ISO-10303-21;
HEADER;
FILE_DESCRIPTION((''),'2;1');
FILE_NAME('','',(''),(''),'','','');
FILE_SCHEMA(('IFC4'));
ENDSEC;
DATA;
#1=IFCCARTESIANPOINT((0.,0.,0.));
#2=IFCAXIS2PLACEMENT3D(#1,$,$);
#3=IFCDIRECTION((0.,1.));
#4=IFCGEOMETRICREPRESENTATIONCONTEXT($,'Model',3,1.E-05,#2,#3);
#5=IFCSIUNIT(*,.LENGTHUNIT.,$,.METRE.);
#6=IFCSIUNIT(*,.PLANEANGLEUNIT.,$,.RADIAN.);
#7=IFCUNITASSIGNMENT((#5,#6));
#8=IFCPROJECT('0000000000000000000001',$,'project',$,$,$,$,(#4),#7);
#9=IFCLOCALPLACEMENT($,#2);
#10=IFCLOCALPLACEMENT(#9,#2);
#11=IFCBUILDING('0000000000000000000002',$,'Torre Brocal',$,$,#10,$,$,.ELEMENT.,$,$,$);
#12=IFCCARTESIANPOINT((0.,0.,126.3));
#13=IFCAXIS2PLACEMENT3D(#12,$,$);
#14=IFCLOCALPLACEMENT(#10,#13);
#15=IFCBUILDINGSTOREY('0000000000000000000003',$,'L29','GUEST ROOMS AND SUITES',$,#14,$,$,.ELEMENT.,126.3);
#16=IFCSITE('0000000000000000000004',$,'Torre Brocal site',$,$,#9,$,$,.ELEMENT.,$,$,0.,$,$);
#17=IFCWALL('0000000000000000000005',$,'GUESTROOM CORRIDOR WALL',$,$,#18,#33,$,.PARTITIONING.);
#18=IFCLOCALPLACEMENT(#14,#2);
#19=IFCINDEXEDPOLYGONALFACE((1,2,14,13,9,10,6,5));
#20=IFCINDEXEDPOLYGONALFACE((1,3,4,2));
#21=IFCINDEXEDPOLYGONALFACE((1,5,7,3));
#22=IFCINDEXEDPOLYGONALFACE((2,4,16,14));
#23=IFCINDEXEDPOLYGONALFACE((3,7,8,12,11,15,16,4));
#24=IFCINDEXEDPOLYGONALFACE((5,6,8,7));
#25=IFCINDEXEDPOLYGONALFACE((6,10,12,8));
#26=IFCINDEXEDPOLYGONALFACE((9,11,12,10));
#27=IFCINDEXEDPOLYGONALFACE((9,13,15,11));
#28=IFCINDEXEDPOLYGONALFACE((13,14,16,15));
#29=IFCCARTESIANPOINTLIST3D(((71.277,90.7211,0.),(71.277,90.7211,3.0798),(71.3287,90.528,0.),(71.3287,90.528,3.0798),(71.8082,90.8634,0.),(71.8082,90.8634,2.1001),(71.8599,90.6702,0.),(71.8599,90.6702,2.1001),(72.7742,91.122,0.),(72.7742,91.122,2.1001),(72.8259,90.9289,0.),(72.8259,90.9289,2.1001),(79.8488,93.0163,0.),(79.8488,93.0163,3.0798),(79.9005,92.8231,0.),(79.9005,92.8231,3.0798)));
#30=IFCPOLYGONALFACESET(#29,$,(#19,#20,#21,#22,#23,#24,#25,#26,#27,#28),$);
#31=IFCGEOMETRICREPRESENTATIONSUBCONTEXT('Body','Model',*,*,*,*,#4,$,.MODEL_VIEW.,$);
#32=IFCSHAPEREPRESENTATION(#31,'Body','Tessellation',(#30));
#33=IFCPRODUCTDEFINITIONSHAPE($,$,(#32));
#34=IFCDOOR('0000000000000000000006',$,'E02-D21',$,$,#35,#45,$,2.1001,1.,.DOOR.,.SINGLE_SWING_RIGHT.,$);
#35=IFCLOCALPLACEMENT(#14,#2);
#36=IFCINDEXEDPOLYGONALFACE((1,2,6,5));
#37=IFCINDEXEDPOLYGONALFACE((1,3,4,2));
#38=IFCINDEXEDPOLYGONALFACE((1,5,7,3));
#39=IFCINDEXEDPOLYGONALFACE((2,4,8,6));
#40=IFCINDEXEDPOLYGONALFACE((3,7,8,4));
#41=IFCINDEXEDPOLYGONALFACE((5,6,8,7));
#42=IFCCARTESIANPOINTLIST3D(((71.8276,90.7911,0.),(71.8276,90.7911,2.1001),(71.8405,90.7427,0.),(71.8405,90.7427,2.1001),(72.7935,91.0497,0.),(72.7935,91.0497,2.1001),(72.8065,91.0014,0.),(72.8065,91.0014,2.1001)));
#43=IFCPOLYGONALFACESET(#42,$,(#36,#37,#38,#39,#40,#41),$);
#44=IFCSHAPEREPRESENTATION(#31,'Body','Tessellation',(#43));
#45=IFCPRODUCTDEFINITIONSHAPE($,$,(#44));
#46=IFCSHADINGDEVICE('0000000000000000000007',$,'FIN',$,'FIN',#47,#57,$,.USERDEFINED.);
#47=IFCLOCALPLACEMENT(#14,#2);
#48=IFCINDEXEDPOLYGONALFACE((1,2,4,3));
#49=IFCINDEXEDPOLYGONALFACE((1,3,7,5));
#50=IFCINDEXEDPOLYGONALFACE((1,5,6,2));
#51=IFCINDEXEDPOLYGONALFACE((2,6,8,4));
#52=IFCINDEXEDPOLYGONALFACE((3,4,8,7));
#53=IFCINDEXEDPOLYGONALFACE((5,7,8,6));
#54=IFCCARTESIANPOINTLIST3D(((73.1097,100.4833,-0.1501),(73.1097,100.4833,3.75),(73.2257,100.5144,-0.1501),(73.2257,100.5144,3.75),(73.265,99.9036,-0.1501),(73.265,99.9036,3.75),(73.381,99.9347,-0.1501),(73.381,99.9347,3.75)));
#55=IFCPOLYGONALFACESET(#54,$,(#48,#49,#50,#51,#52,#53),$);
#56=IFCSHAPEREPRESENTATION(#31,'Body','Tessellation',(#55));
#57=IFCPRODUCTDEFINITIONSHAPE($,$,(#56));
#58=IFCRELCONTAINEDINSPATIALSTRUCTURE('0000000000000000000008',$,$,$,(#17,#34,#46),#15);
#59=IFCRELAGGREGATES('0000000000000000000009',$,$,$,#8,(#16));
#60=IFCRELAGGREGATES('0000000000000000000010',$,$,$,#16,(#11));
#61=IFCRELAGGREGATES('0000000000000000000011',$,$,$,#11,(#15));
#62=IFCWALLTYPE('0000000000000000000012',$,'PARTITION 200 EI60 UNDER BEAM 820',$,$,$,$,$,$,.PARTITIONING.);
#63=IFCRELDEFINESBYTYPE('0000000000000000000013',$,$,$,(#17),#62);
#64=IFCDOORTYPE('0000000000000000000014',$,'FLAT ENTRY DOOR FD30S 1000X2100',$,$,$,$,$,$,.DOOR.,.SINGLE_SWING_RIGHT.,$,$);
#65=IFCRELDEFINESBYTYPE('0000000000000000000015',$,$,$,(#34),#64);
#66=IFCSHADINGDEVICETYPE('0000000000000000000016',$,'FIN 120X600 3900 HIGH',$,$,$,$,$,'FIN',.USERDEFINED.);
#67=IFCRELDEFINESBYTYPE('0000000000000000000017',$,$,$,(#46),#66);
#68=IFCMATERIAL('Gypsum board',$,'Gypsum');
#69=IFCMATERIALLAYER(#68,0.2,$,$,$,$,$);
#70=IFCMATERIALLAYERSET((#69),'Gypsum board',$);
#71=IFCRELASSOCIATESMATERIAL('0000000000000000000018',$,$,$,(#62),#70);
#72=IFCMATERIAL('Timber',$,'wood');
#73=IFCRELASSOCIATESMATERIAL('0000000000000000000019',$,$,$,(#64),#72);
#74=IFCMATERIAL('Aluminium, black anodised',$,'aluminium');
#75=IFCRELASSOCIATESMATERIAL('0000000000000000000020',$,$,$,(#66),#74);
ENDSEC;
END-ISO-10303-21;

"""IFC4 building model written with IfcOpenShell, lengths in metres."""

from ifc_helpers import new_model, si_unit, direction, frame, frame_2d, origin, origin_2d, place, context, subcontext, project, spatial, rectangle, extrude, material, layer, layer_set, material_profile, profile_set, type_object, element, fill, save


model = new_model("IFC4")

# Units and contexts
model_context = context("Model", 3, precision=1e-05, world=origin(), true_north=direction((0.0, 1.0)))
body_context = subcontext(model_context, "Body", "Model", "MODEL_VIEW")
ifc_project = project(units=[si_unit("LENGTHUNIT", "METRE"), si_unit("PLANEANGLEUNIT", "RADIAN")], contexts=[model_context])

# Site, building, storey
site_placement = place(None, origin())
site = spatial("IfcSite", under=ifc_project, at=site_placement, Name="Torre Brocal site", CompositionType="ELEMENT", RefElevation=0.0)
building_placement = place(site_placement, origin())
building = spatial("IfcBuilding", under=site, at=building_placement, Name="Torre Brocal", CompositionType="ELEMENT")
storey_placement = place(building_placement, frame((0.0, 0.0, 126.3)))
storey = spatial("IfcBuildingStorey", under=building, at=storey_placement, Name="L29", Description="GUEST ROOMS AND SUITES", CompositionType="ELEMENT", Elevation=126.3)

# Wall, opening, door
ifc_material_1 = material(Name="Gypsum board", Category="Gypsum")
ifc_layer_1 = layer(ifc_material_1, 0.2)
ifc_layer_set_1 = layer_set([ifc_layer_1], Name="Gypsum board")
wall_type_1 = type_object("IfcWallType", Name="PARTITION 200 EI60 UNDER BEAM 820", PredefinedType="PARTITIONING", material=ifc_layer_set_1)
wall_1_placement = place(storey_placement, frame((71.3027, 90.6245, 0.0), z_axis=(0.0, 0.0, 1.0), x_axis=(0.965972, 0.258647, 0.0)))
wall_1 = element("IfcWall", 1, at=wall_1_placement, inside=storey, type_object=wall_type_1, Name="GUESTROOM CORRIDOR WALL", PredefinedType="PARTITIONING", context=body_context, shape_type="SweptSolid", body=[
    extrude(rectangle(XDim=8.8738, YDim=0.2, at=frame_2d((4.437, 0.0))), origin(), (0.0, 0.0, 1.0), 3.0798),
])
opening_1_placement = place(wall_1_placement, frame((0.55, 0.0, 0.0)))
opening_1 = element("IfcOpeningElement", 2, at=opening_1_placement, cuts=wall_1, PredefinedType="OPENING", context=body_context, shape_type="SweptSolid", body=[
    extrude(rectangle(XDim=1.0, YDim=2.1001, at=frame_2d((0.5, 1.05))), frame((0.0, 0.1099, 0.0), z_axis=(0.0, -1.0, 0.0), x_axis=(1.0, 0.0, 0.0)), (0.0, 0.0, 1.0), 0.22),
])
ifc_material_2 = material(Name="Timber", Category="wood")
door_type_1 = type_object("IfcDoorType", Name="FLAT ENTRY DOOR FD30S 1000X2100", OperationType="SINGLE_SWING_RIGHT", PredefinedType="DOOR", material=ifc_material_2)
door_1_placement = place(opening_1_placement, frame((1.0, 0.0, 0.0), z_axis=(0.0, 0.0, 1.0), x_axis=(-1.0, 0.0, 0.0)))
door_1 = element("IfcDoor", 3, at=door_1_placement, inside=storey, type_object=door_type_1, Name="E02-D21", OperationType="SINGLE_SWING_RIGHT", OverallHeight=2.1001, OverallWidth=1.0, PredefinedType="DOOR", context=body_context, shape_type="SweptSolid", body=[
    extrude(rectangle(XDim=1.0, YDim=2.1001, at=frame_2d((0.5, 1.05))), frame((0.0, 0.0249, 0.0), z_axis=(0.0, -1.0, 0.0), x_axis=(1.0, 0.0, 0.0)), (0.0, 0.0, 1.0), 0.05),
])
fill(opening_1, door_1)

# Shading device
ifc_material_3 = material(Name="Aluminium, black anodised", Category="aluminium")
ifc_material_profile_1 = material_profile(ifc_material_3, rectangle(XDim=0.1201, YDim=0.6001, at=origin_2d()), Name="FIN 120X600 3900 HIGH")
ifc_profile_set_1 = profile_set([ifc_material_profile_1], Name="Aluminium, black anodised")
shading_device_type = type_object("IfcShadingDeviceType", Name="FIN 120X600 3900 HIGH", ElementType="FIN", PredefinedType="USERDEFINED", material=ifc_profile_set_1)
shading_device_placement = place(storey_placement, frame((73.2454, 100.209, -0.1501), z_axis=(0.0, 0.0, 1.0), x_axis=(-0.965926, -0.258819, 0.0)))
element("IfcShadingDevice", 4, at=shading_device_placement, inside=storey, type_object=shading_device_type, Name="FIN", ObjectType="FIN", PredefinedType="USERDEFINED", context=body_context, shape_type="SweptSolid", body=[
    extrude(rectangle(XDim=0.1201, YDim=0.6001, at=origin_2d()), origin(), (0.0, 0.0, 1.0), 3.9001),
])

save(model, "model.ifc")
